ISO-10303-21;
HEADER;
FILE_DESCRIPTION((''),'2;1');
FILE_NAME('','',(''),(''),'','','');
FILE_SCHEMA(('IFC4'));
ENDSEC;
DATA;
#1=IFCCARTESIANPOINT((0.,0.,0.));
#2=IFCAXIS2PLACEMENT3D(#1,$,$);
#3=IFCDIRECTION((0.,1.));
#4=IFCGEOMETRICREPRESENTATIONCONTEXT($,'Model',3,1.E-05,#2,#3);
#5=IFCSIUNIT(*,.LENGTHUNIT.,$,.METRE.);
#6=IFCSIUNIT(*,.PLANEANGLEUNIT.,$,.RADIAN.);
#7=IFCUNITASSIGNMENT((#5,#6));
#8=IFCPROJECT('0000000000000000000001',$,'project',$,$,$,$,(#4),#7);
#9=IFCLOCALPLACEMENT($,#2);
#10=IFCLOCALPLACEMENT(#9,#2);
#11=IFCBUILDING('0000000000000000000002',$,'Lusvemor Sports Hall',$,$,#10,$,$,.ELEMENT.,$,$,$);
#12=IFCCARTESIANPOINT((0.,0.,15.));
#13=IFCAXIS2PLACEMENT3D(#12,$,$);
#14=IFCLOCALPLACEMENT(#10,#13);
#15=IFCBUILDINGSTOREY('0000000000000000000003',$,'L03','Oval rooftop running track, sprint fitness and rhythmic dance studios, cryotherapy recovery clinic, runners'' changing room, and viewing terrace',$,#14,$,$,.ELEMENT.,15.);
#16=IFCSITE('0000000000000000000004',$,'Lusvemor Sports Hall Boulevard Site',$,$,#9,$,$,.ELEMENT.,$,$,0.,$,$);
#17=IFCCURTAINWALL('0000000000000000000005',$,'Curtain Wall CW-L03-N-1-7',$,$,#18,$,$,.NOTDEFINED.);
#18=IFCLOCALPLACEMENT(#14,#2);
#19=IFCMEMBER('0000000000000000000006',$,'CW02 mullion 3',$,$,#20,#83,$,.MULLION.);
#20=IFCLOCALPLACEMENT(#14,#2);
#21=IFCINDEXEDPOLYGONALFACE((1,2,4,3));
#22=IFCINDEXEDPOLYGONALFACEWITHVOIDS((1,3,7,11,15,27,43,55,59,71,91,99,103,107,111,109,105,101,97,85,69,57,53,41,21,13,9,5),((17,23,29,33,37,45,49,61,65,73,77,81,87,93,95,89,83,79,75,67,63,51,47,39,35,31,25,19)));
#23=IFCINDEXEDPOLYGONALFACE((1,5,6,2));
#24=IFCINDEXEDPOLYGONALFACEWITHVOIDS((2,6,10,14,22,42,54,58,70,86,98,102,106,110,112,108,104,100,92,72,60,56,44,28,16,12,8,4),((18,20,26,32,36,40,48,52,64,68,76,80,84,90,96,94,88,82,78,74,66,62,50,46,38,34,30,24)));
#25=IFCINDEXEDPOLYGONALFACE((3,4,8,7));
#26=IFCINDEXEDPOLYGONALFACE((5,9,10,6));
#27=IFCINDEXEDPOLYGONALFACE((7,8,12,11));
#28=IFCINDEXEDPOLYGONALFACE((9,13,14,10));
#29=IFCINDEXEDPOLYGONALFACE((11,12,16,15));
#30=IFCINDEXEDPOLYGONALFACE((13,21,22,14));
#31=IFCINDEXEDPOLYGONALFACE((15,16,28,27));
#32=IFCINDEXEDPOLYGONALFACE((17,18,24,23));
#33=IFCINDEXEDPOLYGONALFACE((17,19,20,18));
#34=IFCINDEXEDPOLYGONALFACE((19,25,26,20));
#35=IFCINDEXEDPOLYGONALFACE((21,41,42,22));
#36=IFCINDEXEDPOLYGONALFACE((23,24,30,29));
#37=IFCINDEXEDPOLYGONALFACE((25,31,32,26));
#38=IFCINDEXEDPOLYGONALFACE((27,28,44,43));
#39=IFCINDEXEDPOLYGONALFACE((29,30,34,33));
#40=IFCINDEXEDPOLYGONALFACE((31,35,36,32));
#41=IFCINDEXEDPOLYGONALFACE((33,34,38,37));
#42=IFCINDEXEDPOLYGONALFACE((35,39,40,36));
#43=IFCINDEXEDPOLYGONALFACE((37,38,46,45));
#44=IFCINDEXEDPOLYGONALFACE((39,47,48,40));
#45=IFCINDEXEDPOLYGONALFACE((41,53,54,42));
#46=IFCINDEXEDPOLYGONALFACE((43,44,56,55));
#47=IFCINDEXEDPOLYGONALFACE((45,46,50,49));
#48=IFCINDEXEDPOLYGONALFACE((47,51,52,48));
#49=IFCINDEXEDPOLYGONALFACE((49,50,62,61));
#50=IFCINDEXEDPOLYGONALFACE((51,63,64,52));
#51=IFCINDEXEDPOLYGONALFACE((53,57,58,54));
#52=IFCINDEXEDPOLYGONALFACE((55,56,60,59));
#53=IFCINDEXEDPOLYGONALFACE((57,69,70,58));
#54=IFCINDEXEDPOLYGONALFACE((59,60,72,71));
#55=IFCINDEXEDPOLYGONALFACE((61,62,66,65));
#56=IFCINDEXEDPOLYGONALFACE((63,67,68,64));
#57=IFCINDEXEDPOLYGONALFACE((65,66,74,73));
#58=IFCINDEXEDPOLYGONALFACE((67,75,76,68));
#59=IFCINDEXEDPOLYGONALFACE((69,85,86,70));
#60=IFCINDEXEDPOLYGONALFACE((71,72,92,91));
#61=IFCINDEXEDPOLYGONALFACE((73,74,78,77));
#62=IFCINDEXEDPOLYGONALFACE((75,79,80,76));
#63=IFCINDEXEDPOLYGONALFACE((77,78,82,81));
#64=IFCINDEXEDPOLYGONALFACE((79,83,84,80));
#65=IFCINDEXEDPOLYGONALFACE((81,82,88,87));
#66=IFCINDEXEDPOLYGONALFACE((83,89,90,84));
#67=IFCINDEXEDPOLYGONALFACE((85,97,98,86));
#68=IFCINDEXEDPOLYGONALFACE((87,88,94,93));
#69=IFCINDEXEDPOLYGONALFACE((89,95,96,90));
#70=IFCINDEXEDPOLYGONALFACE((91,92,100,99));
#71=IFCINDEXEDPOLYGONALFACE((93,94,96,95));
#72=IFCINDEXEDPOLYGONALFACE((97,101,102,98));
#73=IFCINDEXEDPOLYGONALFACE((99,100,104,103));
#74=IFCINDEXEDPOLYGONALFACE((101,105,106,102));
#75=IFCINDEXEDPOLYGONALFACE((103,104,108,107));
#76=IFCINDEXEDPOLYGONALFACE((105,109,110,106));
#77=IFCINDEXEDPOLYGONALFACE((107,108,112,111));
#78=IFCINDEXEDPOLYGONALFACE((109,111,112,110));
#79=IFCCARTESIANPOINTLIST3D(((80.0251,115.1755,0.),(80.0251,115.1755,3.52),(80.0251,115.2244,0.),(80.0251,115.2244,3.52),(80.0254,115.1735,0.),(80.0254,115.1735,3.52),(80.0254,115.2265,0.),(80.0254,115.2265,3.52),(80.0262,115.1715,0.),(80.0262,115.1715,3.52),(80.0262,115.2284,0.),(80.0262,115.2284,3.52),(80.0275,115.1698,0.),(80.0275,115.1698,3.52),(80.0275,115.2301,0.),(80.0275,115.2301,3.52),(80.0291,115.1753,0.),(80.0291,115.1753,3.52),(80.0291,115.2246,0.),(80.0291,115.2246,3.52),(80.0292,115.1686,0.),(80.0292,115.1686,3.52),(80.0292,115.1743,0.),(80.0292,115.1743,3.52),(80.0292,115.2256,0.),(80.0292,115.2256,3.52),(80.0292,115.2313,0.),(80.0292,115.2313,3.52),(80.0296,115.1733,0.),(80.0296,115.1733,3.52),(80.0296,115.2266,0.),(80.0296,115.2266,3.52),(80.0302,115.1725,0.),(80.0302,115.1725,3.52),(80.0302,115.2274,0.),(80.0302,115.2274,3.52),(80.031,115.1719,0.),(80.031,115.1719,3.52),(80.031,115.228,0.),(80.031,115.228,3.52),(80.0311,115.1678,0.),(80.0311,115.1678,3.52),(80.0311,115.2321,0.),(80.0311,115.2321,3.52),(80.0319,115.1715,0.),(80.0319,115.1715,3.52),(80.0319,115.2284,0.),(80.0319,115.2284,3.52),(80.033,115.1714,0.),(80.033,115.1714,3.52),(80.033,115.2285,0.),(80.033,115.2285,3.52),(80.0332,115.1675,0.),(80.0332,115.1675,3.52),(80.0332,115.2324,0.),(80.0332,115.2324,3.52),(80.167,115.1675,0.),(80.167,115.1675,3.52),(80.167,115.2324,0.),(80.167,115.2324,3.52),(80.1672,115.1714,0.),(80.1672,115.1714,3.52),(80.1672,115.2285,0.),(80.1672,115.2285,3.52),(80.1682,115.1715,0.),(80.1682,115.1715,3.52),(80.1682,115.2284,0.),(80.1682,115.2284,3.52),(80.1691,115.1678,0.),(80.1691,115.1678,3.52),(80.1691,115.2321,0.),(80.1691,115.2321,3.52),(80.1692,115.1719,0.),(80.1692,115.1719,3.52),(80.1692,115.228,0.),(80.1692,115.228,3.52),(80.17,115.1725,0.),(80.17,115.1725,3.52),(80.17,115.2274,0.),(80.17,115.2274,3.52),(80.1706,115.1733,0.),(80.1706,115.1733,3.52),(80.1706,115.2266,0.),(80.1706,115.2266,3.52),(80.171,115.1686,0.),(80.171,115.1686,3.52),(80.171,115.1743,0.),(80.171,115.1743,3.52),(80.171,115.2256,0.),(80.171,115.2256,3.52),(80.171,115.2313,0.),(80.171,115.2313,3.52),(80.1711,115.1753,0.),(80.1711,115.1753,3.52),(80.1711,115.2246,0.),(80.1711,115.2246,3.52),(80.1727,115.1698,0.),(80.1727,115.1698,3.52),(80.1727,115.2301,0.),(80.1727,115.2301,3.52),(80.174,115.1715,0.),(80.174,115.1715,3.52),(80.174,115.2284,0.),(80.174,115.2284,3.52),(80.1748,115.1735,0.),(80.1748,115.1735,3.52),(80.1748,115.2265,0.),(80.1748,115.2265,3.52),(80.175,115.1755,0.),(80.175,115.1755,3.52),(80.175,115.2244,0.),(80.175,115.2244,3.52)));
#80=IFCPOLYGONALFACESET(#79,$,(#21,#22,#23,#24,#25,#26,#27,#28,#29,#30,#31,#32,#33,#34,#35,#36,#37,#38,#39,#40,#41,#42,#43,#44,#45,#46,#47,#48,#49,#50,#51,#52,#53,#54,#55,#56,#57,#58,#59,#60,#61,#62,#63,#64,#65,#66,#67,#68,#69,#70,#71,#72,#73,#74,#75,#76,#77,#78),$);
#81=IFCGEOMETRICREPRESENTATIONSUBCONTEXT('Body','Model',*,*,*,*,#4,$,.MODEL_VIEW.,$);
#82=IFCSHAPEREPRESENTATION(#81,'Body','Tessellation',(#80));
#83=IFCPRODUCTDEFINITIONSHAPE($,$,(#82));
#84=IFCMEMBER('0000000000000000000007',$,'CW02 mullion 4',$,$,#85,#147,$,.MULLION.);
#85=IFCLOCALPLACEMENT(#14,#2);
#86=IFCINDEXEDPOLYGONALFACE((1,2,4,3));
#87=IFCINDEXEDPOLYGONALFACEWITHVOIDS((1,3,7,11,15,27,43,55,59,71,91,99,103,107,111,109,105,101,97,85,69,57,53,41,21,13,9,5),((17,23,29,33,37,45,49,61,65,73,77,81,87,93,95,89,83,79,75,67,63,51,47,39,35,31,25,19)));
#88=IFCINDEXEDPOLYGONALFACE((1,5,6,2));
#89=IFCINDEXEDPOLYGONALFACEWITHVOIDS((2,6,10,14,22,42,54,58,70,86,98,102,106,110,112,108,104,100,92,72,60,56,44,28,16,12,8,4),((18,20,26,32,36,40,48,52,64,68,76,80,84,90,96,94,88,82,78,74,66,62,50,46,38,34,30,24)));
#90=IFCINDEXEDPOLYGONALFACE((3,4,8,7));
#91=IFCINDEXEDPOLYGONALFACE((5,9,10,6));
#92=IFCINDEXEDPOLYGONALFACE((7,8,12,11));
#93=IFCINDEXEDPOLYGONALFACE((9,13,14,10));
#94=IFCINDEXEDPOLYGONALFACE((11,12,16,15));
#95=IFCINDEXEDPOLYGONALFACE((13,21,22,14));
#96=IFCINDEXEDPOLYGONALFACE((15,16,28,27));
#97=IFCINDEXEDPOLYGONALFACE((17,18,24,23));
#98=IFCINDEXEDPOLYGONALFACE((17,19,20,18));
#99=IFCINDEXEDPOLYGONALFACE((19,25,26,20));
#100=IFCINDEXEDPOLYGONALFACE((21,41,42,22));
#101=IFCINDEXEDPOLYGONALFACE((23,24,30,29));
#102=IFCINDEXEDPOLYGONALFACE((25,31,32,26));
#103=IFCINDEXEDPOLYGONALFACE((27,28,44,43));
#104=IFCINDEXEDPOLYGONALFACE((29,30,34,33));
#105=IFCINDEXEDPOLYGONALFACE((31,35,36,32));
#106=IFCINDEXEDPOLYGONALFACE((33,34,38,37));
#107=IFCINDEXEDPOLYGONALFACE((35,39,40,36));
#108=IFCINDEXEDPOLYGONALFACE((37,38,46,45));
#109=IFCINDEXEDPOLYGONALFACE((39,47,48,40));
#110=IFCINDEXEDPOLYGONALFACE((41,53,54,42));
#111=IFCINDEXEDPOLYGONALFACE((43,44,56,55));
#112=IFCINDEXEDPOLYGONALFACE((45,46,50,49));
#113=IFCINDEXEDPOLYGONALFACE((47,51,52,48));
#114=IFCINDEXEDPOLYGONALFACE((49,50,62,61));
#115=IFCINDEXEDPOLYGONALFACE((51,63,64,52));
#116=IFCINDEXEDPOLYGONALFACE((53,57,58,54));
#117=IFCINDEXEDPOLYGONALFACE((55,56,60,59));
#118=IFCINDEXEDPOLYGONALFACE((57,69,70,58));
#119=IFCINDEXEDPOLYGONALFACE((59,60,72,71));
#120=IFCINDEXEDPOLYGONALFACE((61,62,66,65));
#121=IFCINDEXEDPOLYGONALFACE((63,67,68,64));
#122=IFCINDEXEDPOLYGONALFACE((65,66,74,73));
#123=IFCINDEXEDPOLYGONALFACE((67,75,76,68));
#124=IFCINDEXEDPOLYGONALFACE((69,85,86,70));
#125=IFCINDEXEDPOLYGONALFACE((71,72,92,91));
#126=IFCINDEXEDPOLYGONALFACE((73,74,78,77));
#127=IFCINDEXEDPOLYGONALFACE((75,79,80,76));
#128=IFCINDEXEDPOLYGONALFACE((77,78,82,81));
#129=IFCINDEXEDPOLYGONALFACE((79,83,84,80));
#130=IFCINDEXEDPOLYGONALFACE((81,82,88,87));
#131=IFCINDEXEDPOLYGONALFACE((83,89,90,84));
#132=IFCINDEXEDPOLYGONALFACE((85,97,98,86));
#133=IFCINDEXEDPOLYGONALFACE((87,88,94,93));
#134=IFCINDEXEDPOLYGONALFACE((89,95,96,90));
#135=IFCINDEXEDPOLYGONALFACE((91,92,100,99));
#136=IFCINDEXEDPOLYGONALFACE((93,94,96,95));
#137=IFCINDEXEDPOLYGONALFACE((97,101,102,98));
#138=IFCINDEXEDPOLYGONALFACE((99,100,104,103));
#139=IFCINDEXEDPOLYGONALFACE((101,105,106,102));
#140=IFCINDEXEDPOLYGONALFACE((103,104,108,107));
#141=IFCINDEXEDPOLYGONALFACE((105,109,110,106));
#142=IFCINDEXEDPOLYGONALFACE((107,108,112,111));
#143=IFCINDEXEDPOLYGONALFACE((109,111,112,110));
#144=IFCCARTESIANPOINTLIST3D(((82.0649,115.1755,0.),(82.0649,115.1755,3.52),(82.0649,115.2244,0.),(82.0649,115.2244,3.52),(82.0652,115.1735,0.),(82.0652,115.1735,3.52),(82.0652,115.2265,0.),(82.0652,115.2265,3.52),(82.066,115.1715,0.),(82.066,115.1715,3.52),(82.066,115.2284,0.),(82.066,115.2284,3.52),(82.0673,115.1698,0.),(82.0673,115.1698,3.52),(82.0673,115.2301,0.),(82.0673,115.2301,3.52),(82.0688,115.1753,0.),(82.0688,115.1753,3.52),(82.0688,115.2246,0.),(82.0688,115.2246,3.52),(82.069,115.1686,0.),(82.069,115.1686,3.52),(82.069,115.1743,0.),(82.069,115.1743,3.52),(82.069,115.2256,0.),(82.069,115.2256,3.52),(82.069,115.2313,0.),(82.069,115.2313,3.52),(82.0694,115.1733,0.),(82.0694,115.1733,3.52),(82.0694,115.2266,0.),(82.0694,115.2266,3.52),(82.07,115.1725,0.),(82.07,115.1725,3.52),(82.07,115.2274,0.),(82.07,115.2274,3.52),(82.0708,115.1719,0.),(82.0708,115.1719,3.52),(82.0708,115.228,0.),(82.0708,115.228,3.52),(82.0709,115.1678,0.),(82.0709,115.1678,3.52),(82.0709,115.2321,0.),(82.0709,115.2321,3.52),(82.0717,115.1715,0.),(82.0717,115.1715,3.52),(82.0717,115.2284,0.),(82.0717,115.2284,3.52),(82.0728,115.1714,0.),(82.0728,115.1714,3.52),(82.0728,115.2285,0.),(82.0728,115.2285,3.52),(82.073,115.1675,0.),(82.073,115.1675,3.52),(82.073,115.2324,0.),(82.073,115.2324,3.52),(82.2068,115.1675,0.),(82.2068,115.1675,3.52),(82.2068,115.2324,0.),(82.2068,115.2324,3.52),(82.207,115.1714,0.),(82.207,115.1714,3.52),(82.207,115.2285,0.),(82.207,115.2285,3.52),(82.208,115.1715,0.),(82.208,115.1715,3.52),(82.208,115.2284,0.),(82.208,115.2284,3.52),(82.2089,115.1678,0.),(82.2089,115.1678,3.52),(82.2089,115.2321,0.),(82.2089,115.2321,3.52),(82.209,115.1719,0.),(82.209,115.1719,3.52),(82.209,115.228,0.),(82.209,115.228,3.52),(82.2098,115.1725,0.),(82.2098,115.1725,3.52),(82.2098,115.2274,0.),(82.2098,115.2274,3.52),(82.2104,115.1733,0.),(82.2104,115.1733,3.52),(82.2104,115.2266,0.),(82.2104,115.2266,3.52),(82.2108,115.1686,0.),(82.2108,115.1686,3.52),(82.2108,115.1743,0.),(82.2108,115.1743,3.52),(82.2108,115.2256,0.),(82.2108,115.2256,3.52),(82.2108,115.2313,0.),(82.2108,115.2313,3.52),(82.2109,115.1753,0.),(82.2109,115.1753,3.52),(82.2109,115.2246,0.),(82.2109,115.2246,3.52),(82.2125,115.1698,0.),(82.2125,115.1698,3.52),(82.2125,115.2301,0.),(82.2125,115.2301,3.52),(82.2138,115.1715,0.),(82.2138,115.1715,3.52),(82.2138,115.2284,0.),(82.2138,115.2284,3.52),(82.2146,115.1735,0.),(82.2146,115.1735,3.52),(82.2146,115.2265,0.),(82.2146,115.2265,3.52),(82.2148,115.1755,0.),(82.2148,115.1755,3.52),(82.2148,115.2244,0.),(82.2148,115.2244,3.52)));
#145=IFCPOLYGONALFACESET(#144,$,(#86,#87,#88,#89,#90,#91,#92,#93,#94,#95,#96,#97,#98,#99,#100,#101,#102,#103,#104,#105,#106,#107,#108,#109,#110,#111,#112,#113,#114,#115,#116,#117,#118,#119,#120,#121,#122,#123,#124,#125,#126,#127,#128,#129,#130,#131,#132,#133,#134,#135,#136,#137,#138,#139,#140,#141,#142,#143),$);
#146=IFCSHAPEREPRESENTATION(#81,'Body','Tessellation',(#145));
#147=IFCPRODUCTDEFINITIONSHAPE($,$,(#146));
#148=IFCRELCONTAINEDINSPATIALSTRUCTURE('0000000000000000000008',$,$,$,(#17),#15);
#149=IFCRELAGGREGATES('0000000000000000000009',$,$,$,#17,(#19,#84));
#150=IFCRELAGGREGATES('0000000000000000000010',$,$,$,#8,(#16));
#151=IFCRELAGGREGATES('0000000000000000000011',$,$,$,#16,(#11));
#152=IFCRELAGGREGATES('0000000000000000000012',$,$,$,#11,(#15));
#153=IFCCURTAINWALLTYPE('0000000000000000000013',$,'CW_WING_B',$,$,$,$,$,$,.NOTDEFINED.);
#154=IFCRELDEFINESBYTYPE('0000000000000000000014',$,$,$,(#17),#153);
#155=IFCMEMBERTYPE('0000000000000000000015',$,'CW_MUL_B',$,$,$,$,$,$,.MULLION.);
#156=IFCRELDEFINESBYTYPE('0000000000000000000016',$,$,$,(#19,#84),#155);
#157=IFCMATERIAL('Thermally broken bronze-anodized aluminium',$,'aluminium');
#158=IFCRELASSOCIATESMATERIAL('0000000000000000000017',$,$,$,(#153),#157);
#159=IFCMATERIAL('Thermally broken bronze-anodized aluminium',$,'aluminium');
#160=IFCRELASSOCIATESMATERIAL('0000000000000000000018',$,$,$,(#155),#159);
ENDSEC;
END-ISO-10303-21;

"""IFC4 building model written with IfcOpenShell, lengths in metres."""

from ifc_helpers import new_model, si_unit, direction, frame, origin, origin_2d, place, context, subcontext, project, spatial, hollow_rectangle, extrude, material, material_profile, profile_set, type_object, element, aggregate, save


model = new_model("IFC4")

# Units and contexts
model_context = context("Model", 3, precision=1e-05, world=origin(), true_north=direction((0.0, 1.0)))
body_context = subcontext(model_context, "Body", "Model", "MODEL_VIEW")
ifc_project = project(units=[si_unit("LENGTHUNIT", "METRE"), si_unit("PLANEANGLEUNIT", "RADIAN")], contexts=[model_context])

# Site, building, storey
site_placement = place(None, origin())
site = spatial("IfcSite", under=ifc_project, at=site_placement, Name="Lusvemor Sports Hall Boulevard Site", CompositionType="ELEMENT", RefElevation=0.0)
building_placement = place(site_placement, origin())
building = spatial("IfcBuilding", under=site, at=building_placement, Name="Lusvemor Sports Hall", CompositionType="ELEMENT")
storey_placement = place(building_placement, frame((0.0, 0.0, 15.0)))
storey = spatial("IfcBuildingStorey", under=building, at=storey_placement, Name="L03", Description="Oval rooftop running track, sprint fitness and rhythmic dance studios, cryotherapy recovery clinic, runners' changing room, and viewing terrace", CompositionType="ELEMENT", Elevation=15.0)

# Curtain wall, members
ifc_material_1 = material(Name="Thermally broken bronze-anodized aluminium", Category="aluminium")
curtain_wall_type_1 = type_object("IfcCurtainWallType", Name="CW_WING_B", PredefinedType="NOTDEFINED", material=ifc_material_1)
curtain_wall_1_placement = place(storey_placement, origin())
curtain_wall_1 = element("IfcCurtainWall", 1, at=curtain_wall_1_placement, inside=storey, type_object=curtain_wall_type_1, Name="Curtain Wall CW-L03-N-1-7", PredefinedType="NOTDEFINED")
ifc_material_2 = material(Name="Thermally broken bronze-anodized aluminium", Category="aluminium")
ifc_material_profile_1 = material_profile(ifc_material_2, hollow_rectangle(XDim=0.0649, YDim=0.1499, WallThickness=0.0039, InnerFilletRadius=0.0039, OuterFilletRadius=0.0081, at=origin_2d()), Name="CWMUL150x65x4")
ifc_profile_set_1 = profile_set([ifc_material_profile_1], Name="Thermally broken bronze-anodized aluminium")
member_type_1 = type_object("IfcMemberType", Name="CW_MUL_B", PredefinedType="MULLION", material=ifc_profile_set_1)
member_1_placement = place(storey_placement, frame((80.1001, 115.2, 0.0), z_axis=(0.0, 0.0, 1.0), x_axis=(0.0, 1.0, 0.0)))
member_1 = element("IfcMember", 2, at=member_1_placement, type_object=member_type_1, Name="CW02 mullion 3", PredefinedType="MULLION", context=body_context, shape_type="SweptSolid", body=[
    extrude(hollow_rectangle(XDim=0.0649, YDim=0.1499, WallThickness=0.0039, InnerFilletRadius=0.0039, OuterFilletRadius=0.0081, at=origin_2d()), origin(), (0.0, 0.0, 1.0), 3.52),
])
member_2_placement = place(storey_placement, frame((82.1399, 115.2, 0.0), z_axis=(0.0, 0.0, 1.0), x_axis=(0.0, 1.0, 0.0)))
member_2 = element("IfcMember", 3, at=member_2_placement, type_object=member_type_1, Name="CW02 mullion 4", PredefinedType="MULLION", context=body_context, shape_type="SweptSolid", body=[
    extrude(hollow_rectangle(XDim=0.0649, YDim=0.1499, WallThickness=0.0039, InnerFilletRadius=0.0039, OuterFilletRadius=0.0081, at=origin_2d()), origin(), (0.0, 0.0, 1.0), 3.52),
])

aggregate(curtain_wall_1, [member_1, member_2])

save(model, "model.ifc")
